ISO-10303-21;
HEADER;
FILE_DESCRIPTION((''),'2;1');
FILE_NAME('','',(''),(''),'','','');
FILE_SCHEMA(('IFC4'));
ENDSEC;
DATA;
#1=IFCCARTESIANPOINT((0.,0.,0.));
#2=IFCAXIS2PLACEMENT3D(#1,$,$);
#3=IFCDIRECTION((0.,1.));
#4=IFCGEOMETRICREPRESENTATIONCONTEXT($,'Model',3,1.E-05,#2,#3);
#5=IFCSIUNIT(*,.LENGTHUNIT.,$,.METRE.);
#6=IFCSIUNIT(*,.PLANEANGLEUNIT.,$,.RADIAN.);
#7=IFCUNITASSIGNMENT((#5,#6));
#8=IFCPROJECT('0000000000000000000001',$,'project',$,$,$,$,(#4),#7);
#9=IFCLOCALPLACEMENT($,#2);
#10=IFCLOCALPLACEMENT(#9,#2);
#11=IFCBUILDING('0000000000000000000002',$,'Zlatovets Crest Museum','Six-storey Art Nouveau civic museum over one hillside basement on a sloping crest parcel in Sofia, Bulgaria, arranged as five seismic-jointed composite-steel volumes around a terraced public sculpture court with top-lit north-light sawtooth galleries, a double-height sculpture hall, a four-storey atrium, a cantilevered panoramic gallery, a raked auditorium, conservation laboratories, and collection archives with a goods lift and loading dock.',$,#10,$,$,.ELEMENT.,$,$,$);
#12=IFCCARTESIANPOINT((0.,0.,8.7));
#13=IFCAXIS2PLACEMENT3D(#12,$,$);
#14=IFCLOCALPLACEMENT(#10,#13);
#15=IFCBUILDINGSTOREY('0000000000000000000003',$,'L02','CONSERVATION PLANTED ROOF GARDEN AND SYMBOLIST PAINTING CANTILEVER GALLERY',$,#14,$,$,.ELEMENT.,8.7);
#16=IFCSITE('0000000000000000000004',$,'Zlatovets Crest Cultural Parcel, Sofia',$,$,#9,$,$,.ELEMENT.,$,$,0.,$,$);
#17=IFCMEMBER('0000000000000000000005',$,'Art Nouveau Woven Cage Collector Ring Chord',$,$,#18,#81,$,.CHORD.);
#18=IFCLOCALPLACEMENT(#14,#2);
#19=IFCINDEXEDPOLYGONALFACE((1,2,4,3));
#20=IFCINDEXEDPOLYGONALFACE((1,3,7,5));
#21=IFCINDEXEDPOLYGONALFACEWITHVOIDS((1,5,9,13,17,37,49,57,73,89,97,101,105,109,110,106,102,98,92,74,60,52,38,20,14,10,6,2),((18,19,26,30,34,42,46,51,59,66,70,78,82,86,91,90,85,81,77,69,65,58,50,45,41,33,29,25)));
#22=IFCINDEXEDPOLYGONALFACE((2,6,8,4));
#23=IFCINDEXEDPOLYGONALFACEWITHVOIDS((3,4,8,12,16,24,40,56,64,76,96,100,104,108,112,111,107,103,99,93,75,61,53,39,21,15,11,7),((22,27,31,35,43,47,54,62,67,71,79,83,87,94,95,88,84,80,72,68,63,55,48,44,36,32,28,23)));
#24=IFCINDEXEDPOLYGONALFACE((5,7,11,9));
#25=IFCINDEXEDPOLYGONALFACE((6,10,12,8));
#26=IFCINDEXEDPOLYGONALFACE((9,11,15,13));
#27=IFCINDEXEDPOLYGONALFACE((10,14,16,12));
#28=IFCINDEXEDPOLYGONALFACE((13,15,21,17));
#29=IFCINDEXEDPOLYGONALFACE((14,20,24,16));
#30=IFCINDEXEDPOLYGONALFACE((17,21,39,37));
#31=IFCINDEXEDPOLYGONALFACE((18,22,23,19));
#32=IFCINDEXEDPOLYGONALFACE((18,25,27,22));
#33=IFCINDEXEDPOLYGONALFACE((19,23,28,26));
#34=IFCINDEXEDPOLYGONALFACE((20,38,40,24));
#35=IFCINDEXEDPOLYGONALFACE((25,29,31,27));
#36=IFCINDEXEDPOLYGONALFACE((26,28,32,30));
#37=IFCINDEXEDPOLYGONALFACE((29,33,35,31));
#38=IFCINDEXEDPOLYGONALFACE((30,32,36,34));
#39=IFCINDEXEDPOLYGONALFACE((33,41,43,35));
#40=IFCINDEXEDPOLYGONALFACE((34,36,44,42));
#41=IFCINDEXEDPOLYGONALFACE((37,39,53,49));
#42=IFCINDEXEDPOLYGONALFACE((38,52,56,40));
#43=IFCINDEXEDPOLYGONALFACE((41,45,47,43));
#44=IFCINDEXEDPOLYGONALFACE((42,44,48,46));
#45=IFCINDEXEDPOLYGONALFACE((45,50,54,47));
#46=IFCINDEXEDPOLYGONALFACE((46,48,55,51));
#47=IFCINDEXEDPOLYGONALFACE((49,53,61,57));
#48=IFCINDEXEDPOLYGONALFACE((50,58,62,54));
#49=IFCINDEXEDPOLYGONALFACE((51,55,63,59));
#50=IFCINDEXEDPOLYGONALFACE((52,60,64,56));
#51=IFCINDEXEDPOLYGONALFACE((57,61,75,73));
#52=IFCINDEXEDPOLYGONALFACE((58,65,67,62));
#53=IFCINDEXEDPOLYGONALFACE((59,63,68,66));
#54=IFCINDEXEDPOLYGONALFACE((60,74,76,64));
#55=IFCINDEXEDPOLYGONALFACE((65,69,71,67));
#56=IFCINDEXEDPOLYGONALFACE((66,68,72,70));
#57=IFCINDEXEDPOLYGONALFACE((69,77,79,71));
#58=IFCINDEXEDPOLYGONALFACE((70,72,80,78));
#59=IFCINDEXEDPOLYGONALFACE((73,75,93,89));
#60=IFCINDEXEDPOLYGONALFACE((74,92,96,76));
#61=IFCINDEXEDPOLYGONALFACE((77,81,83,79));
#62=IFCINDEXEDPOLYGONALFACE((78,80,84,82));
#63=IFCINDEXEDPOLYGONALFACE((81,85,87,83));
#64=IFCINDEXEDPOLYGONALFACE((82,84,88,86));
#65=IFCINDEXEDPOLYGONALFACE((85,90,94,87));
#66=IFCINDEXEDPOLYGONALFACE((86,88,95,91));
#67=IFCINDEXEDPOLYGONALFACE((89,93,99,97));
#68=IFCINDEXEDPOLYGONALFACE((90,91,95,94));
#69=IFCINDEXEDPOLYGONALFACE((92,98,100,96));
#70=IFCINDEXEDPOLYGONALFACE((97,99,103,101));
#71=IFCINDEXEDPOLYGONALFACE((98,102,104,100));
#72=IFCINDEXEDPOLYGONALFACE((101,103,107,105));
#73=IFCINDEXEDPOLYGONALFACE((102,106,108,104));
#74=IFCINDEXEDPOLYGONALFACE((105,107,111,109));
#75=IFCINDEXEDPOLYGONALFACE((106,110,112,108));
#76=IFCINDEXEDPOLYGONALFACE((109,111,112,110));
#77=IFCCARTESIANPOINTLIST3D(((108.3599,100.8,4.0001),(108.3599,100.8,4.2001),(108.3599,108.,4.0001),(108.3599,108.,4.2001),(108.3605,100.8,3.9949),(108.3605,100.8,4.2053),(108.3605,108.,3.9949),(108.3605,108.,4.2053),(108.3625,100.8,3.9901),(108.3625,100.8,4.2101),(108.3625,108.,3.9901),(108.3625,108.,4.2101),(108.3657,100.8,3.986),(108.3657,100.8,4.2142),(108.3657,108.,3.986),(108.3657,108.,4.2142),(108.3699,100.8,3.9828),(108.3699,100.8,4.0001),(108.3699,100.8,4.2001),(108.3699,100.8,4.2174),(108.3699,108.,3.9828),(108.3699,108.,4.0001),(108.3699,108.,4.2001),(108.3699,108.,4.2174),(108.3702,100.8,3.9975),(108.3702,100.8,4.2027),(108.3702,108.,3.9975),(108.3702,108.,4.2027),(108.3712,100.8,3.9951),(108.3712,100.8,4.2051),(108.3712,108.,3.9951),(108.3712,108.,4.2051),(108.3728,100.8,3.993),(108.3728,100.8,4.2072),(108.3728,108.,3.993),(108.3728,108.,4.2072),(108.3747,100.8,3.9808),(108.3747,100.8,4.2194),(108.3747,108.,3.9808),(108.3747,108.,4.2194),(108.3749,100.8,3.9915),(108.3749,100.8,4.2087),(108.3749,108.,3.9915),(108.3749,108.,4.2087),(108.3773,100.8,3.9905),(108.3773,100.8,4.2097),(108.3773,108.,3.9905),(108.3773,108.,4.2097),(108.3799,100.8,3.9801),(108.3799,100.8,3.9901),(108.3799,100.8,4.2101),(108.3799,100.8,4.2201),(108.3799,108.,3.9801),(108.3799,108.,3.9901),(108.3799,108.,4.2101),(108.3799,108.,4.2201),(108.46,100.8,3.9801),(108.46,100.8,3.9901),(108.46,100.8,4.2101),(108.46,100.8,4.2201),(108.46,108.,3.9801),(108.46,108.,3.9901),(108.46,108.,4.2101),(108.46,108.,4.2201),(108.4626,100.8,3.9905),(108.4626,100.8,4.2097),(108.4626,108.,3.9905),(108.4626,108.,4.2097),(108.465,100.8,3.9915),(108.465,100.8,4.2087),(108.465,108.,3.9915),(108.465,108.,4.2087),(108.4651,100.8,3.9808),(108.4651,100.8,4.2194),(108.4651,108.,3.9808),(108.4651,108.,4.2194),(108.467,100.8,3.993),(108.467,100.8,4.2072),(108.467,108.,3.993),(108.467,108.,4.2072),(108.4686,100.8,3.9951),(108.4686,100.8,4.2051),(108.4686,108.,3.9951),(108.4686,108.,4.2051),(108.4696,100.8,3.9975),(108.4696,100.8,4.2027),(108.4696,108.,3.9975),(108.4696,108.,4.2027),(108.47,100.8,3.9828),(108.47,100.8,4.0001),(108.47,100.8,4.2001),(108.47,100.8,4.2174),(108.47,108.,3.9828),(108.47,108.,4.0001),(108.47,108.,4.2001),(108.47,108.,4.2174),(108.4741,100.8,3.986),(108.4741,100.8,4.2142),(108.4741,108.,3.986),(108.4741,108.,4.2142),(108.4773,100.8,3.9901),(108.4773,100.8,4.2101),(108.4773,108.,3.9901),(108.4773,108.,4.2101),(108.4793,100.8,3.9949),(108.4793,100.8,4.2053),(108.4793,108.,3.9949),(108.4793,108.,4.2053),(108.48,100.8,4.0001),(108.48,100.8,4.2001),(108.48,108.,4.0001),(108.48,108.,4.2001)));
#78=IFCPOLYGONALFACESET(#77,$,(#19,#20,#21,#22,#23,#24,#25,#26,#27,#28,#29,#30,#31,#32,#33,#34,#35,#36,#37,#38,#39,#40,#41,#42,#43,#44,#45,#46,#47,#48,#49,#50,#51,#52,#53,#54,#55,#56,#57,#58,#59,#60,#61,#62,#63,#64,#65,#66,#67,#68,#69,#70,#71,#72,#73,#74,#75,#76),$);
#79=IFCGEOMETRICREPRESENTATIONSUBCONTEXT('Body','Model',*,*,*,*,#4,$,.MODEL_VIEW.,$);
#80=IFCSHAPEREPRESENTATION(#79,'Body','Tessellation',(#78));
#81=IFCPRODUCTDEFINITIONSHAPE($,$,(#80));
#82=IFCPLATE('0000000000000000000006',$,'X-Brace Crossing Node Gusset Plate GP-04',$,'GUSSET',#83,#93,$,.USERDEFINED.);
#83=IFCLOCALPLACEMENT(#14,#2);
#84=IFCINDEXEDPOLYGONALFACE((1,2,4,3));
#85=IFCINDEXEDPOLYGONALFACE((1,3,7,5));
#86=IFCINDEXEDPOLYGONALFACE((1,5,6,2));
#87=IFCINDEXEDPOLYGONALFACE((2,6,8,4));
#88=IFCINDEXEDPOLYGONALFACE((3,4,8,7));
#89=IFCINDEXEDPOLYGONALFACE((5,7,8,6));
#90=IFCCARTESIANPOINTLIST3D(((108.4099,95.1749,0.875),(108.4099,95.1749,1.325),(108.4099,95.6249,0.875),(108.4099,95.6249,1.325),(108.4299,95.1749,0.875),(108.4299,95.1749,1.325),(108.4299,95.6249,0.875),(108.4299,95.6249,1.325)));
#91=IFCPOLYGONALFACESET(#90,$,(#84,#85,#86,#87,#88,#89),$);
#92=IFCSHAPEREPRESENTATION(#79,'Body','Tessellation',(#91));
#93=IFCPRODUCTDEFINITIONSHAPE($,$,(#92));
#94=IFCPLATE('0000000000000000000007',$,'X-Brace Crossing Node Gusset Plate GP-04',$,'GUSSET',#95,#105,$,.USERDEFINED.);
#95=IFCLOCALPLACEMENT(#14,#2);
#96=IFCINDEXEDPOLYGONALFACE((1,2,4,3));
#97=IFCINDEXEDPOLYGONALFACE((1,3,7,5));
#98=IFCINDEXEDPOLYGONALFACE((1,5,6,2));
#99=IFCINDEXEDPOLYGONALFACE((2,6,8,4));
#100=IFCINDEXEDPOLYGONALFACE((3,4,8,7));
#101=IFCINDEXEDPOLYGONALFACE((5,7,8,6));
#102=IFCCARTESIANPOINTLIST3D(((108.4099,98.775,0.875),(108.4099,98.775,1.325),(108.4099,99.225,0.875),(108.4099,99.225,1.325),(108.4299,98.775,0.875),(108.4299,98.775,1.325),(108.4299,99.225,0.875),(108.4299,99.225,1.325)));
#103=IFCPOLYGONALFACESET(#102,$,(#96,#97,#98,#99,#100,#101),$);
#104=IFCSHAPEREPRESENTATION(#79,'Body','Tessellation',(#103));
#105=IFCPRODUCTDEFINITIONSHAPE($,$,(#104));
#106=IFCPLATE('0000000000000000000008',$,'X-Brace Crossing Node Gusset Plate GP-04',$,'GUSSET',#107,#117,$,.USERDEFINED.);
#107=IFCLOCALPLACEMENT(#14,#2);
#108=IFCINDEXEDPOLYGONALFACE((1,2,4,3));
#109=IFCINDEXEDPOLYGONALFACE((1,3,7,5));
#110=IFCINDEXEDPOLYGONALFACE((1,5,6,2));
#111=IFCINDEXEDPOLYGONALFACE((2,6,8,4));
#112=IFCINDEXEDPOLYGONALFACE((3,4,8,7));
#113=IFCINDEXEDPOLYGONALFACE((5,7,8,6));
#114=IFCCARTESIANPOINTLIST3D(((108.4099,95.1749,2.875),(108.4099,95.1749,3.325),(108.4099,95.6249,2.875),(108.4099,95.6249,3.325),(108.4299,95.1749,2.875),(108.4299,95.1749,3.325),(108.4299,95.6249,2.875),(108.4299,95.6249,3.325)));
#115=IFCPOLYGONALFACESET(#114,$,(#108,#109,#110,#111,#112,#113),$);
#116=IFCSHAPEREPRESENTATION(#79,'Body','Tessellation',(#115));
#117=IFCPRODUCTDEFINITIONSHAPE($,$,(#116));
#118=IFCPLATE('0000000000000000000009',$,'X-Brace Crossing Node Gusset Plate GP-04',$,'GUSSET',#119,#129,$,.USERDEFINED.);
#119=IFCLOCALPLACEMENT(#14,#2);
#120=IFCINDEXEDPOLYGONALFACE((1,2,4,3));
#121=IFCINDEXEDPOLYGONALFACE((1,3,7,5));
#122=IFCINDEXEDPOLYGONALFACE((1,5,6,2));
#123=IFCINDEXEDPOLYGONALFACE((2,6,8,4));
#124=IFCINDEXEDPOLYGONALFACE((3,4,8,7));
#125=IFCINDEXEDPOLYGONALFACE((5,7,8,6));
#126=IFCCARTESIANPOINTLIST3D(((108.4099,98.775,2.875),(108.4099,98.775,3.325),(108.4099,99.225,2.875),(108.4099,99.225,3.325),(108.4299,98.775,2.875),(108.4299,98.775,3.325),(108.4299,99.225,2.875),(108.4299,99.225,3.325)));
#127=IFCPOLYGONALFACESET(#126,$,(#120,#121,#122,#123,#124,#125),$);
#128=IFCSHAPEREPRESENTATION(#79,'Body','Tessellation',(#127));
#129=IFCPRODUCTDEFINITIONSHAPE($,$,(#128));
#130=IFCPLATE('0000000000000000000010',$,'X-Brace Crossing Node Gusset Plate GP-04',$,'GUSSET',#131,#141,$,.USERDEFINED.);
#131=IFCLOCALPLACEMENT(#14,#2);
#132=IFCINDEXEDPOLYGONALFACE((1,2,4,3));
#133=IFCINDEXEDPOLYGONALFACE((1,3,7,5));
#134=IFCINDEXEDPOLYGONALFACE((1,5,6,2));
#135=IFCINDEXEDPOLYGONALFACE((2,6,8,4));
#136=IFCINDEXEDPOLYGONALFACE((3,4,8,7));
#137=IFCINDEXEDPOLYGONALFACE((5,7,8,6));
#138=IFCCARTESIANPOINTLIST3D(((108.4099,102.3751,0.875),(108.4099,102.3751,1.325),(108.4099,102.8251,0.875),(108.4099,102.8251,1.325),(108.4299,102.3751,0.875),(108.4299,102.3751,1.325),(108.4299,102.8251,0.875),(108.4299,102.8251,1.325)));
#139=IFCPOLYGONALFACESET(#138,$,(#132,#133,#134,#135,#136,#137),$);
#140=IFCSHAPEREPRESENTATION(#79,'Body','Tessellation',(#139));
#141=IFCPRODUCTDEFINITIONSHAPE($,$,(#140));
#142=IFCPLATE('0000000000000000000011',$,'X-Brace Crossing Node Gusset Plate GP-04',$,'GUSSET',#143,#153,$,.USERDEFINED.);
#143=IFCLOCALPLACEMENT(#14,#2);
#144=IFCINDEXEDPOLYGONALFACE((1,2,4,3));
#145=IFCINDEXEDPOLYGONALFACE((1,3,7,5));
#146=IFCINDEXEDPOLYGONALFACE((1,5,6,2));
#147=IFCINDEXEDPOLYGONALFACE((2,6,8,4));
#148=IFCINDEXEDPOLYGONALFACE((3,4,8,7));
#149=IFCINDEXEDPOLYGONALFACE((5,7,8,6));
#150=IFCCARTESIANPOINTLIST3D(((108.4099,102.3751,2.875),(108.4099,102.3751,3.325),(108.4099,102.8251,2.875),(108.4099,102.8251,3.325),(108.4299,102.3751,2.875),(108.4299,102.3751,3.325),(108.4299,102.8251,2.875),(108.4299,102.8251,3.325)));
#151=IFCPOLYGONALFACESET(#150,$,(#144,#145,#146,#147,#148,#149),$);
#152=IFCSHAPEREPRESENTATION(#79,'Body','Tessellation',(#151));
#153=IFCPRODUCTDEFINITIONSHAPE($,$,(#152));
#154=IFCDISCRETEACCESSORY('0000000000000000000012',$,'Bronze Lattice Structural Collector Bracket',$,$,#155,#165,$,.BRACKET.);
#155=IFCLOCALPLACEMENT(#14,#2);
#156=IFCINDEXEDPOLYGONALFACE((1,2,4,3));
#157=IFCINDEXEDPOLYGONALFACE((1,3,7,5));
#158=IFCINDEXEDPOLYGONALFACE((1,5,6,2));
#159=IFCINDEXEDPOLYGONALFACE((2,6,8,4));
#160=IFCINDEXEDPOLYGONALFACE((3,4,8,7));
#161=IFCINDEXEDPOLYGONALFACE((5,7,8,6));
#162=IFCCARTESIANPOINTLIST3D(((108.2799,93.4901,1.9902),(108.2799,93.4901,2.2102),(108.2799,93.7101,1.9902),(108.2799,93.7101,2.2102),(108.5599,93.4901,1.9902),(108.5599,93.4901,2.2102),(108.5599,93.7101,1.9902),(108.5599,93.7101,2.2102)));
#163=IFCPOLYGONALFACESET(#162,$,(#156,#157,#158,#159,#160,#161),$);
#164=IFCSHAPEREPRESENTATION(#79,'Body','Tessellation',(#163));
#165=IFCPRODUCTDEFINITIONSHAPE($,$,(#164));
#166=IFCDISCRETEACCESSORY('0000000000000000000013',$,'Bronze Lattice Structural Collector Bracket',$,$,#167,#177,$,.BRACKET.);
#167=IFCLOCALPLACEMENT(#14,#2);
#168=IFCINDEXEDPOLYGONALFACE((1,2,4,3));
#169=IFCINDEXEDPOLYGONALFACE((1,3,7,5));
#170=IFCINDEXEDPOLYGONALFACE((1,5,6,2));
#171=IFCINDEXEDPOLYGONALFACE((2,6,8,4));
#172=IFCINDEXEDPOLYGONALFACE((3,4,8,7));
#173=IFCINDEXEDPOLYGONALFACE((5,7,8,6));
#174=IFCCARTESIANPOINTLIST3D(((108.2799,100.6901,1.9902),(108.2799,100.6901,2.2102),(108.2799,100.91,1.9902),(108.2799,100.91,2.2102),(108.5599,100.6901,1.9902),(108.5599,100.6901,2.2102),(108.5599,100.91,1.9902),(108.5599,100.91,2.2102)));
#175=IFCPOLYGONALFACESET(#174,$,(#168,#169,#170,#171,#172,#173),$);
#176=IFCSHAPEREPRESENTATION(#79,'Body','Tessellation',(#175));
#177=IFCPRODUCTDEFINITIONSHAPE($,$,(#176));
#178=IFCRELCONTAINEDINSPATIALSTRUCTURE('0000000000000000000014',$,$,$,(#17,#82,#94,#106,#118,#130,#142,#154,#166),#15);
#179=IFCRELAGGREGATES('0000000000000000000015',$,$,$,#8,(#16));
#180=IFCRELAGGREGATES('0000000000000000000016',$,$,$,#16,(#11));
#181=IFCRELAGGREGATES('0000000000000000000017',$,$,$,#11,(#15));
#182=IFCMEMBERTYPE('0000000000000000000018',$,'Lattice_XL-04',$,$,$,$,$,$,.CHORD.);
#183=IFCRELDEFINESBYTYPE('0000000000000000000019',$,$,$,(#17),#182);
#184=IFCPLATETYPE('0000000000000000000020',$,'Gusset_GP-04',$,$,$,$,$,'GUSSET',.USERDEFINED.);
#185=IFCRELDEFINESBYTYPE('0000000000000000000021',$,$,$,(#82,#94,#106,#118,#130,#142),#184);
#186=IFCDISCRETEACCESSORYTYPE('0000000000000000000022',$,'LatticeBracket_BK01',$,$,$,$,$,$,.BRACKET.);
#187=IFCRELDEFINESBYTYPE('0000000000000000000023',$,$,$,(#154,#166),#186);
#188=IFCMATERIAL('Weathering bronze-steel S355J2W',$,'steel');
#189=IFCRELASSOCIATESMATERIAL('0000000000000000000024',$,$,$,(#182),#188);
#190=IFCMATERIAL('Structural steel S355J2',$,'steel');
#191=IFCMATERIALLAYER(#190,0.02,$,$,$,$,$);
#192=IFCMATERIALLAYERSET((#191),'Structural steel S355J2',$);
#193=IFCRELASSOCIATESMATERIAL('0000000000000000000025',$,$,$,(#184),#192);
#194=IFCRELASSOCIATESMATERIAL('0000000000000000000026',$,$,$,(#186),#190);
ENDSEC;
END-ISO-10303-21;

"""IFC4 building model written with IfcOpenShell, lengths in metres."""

from ifc_helpers import new_model, si_unit, direction, frame, origin, origin_2d, place, context, subcontext, project, spatial, rectangle, hollow_rectangle, extrude, material, layer, layer_set, material_profile, profile_set, type_object, element, save


model = new_model("IFC4")

# Units and contexts
model_context = context("Model", 3, precision=1e-05, world=origin(), true_north=direction((0.0, 1.0)))
body_context = subcontext(model_context, "Body", "Model", "MODEL_VIEW")
ifc_project = project(units=[si_unit("LENGTHUNIT", "METRE"), si_unit("PLANEANGLEUNIT", "RADIAN")], contexts=[model_context])

# Site, building, storey
site_placement = place(None, origin())
site = spatial("IfcSite", under=ifc_project, at=site_placement, Name="Zlatovets Crest Cultural Parcel, Sofia", CompositionType="ELEMENT", RefElevation=0.0)
building_placement = place(site_placement, origin())
building = spatial("IfcBuilding", under=site, at=building_placement, Name="Zlatovets Crest Museum", Description="Six-storey Art Nouveau civic museum over one hillside basement on a sloping crest parcel in Sofia, Bulgaria, arranged as five seismic-jointed composite-steel volumes around a terraced public sculpture court with top-lit north-light sawtooth galleries, a double-height sculpture hall, a four-storey atrium, a cantilevered panoramic gallery, a raked auditorium, conservation laboratories, and collection archives with a goods lift and loading dock.", CompositionType="ELEMENT")
storey_placement = place(building_placement, frame((0.0, 0.0, 8.7)))
storey = spatial("IfcBuildingStorey", under=building, at=storey_placement, Name="L02", Description="CONSERVATION PLANTED ROOF GARDEN AND SYMBOLIST PAINTING CANTILEVER GALLERY", CompositionType="ELEMENT", Elevation=8.7)

# Shared definitions
ifc_material_1 = material(Name="Structural steel S355J2", Category="steel")

# Member
ifc_material_2 = material(Name="Weathering bronze-steel S355J2W", Category="steel")
ifc_material_profile_1 = material_profile(ifc_material_2, hollow_rectangle(XDim=0.1201, YDim=0.24, WallThickness=0.01, InnerFilletRadius=0.01, OuterFilletRadius=0.02, at=origin_2d()), Name="RHS 120x240x10.0")
ifc_profile_set_1 = profile_set([ifc_material_profile_1], Name="Weathering bronze-steel S355J2W")
member_type_1 = type_object("IfcMemberType", Name="Lattice_XL-04", PredefinedType="CHORD", material=ifc_profile_set_1)
for number, where, z_axis, x_axis, name in (
    (1, (108.4199, 100.8, 4.1001), (0.0, 1.0, 0.0), (-1.0, 0.0, 0.0), "Art Nouveau Woven Cage Collector Ring Chord"),
):
    element("IfcMember", number, at=place(storey_placement, frame(where, z_axis=z_axis, x_axis=x_axis)), inside=storey, type_object=member_type_1, Name=name, PredefinedType="CHORD", context=body_context, shape_type="SweptSolid", body=[
        extrude(hollow_rectangle(XDim=0.1201, YDim=0.24, WallThickness=0.01, InnerFilletRadius=0.01, OuterFilletRadius=0.02, at=origin_2d()), origin(), (0.0, 0.0, 1.0), 7.2),
    ])

# Plates
ifc_layer = layer(ifc_material_1, 0.02)
ifc_layer_set = layer_set([ifc_layer], Name="Structural steel S355J2")
plate_type = type_object("IfcPlateType", Name="Gusset_GP-04", ElementType="GUSSET", PredefinedType="USERDEFINED", material=ifc_layer_set)
for number, where, z_axis, x_axis, name in (
    (2, (108.4199, 95.3999, 0.875), (0.0, 0.0, 1.0), (1.0, 0.0, 0.0), "X-Brace Crossing Node Gusset Plate GP-04"),
    (3, (108.4199, 99.0, 0.875), (0.0, 0.0, 1.0), (1.0, 0.0, 0.0), "X-Brace Crossing Node Gusset Plate GP-04"),
    (4, (108.4199, 95.3999, 2.875), (0.0, 0.0, 1.0), (1.0, 0.0, 0.0), "X-Brace Crossing Node Gusset Plate GP-04"),
    (5, (108.4199, 99.0, 2.875), (0.0, 0.0, 1.0), (1.0, 0.0, 0.0), "X-Brace Crossing Node Gusset Plate GP-04"),
    (6, (108.4199, 102.6001, 0.875), (0.0, 0.0, 1.0), (1.0, 0.0, 0.0), "X-Brace Crossing Node Gusset Plate GP-04"),
    (7, (108.4199, 102.6001, 2.875), (0.0, 0.0, 1.0), (1.0, 0.0, 0.0), "X-Brace Crossing Node Gusset Plate GP-04"),
):
    element("IfcPlate", number, at=place(storey_placement, frame(where, z_axis=z_axis, x_axis=x_axis)), inside=storey, type_object=plate_type, Name=name, ObjectType="GUSSET", PredefinedType="USERDEFINED", context=body_context, shape_type="SweptSolid", body=[
        extrude(rectangle(XDim=0.02, YDim=0.45, at=origin_2d()), origin(), (0.0, 0.0, 1.0), 0.45),
    ])

# Discrete accessories
discrete_accessory_type = type_object("IfcDiscreteAccessoryType", Name="LatticeBracket_BK01", PredefinedType="BRACKET", material=ifc_material_1)
for number, where, z_axis, x_axis, name in (
    (8, (108.4199, 93.6001, 1.9902), (0.0, 0.0, 1.0), (1.0, 0.0, 0.0), "Bronze Lattice Structural Collector Bracket"),
    (9, (108.4199, 100.8, 1.9902), (0.0, 0.0, 1.0), (1.0, 0.0, 0.0), "Bronze Lattice Structural Collector Bracket"),
):
    element("IfcDiscreteAccessory", number, at=place(storey_placement, frame(where, z_axis=z_axis, x_axis=x_axis)), inside=storey, type_object=discrete_accessory_type, Name=name, PredefinedType="BRACKET", context=body_context, shape_type="SweptSolid", body=[
        extrude(rectangle(XDim=0.28, YDim=0.22, at=origin_2d()), origin(), (0.0, 0.0, 1.0), 0.22),
    ])

save(model, "model.ifc")
